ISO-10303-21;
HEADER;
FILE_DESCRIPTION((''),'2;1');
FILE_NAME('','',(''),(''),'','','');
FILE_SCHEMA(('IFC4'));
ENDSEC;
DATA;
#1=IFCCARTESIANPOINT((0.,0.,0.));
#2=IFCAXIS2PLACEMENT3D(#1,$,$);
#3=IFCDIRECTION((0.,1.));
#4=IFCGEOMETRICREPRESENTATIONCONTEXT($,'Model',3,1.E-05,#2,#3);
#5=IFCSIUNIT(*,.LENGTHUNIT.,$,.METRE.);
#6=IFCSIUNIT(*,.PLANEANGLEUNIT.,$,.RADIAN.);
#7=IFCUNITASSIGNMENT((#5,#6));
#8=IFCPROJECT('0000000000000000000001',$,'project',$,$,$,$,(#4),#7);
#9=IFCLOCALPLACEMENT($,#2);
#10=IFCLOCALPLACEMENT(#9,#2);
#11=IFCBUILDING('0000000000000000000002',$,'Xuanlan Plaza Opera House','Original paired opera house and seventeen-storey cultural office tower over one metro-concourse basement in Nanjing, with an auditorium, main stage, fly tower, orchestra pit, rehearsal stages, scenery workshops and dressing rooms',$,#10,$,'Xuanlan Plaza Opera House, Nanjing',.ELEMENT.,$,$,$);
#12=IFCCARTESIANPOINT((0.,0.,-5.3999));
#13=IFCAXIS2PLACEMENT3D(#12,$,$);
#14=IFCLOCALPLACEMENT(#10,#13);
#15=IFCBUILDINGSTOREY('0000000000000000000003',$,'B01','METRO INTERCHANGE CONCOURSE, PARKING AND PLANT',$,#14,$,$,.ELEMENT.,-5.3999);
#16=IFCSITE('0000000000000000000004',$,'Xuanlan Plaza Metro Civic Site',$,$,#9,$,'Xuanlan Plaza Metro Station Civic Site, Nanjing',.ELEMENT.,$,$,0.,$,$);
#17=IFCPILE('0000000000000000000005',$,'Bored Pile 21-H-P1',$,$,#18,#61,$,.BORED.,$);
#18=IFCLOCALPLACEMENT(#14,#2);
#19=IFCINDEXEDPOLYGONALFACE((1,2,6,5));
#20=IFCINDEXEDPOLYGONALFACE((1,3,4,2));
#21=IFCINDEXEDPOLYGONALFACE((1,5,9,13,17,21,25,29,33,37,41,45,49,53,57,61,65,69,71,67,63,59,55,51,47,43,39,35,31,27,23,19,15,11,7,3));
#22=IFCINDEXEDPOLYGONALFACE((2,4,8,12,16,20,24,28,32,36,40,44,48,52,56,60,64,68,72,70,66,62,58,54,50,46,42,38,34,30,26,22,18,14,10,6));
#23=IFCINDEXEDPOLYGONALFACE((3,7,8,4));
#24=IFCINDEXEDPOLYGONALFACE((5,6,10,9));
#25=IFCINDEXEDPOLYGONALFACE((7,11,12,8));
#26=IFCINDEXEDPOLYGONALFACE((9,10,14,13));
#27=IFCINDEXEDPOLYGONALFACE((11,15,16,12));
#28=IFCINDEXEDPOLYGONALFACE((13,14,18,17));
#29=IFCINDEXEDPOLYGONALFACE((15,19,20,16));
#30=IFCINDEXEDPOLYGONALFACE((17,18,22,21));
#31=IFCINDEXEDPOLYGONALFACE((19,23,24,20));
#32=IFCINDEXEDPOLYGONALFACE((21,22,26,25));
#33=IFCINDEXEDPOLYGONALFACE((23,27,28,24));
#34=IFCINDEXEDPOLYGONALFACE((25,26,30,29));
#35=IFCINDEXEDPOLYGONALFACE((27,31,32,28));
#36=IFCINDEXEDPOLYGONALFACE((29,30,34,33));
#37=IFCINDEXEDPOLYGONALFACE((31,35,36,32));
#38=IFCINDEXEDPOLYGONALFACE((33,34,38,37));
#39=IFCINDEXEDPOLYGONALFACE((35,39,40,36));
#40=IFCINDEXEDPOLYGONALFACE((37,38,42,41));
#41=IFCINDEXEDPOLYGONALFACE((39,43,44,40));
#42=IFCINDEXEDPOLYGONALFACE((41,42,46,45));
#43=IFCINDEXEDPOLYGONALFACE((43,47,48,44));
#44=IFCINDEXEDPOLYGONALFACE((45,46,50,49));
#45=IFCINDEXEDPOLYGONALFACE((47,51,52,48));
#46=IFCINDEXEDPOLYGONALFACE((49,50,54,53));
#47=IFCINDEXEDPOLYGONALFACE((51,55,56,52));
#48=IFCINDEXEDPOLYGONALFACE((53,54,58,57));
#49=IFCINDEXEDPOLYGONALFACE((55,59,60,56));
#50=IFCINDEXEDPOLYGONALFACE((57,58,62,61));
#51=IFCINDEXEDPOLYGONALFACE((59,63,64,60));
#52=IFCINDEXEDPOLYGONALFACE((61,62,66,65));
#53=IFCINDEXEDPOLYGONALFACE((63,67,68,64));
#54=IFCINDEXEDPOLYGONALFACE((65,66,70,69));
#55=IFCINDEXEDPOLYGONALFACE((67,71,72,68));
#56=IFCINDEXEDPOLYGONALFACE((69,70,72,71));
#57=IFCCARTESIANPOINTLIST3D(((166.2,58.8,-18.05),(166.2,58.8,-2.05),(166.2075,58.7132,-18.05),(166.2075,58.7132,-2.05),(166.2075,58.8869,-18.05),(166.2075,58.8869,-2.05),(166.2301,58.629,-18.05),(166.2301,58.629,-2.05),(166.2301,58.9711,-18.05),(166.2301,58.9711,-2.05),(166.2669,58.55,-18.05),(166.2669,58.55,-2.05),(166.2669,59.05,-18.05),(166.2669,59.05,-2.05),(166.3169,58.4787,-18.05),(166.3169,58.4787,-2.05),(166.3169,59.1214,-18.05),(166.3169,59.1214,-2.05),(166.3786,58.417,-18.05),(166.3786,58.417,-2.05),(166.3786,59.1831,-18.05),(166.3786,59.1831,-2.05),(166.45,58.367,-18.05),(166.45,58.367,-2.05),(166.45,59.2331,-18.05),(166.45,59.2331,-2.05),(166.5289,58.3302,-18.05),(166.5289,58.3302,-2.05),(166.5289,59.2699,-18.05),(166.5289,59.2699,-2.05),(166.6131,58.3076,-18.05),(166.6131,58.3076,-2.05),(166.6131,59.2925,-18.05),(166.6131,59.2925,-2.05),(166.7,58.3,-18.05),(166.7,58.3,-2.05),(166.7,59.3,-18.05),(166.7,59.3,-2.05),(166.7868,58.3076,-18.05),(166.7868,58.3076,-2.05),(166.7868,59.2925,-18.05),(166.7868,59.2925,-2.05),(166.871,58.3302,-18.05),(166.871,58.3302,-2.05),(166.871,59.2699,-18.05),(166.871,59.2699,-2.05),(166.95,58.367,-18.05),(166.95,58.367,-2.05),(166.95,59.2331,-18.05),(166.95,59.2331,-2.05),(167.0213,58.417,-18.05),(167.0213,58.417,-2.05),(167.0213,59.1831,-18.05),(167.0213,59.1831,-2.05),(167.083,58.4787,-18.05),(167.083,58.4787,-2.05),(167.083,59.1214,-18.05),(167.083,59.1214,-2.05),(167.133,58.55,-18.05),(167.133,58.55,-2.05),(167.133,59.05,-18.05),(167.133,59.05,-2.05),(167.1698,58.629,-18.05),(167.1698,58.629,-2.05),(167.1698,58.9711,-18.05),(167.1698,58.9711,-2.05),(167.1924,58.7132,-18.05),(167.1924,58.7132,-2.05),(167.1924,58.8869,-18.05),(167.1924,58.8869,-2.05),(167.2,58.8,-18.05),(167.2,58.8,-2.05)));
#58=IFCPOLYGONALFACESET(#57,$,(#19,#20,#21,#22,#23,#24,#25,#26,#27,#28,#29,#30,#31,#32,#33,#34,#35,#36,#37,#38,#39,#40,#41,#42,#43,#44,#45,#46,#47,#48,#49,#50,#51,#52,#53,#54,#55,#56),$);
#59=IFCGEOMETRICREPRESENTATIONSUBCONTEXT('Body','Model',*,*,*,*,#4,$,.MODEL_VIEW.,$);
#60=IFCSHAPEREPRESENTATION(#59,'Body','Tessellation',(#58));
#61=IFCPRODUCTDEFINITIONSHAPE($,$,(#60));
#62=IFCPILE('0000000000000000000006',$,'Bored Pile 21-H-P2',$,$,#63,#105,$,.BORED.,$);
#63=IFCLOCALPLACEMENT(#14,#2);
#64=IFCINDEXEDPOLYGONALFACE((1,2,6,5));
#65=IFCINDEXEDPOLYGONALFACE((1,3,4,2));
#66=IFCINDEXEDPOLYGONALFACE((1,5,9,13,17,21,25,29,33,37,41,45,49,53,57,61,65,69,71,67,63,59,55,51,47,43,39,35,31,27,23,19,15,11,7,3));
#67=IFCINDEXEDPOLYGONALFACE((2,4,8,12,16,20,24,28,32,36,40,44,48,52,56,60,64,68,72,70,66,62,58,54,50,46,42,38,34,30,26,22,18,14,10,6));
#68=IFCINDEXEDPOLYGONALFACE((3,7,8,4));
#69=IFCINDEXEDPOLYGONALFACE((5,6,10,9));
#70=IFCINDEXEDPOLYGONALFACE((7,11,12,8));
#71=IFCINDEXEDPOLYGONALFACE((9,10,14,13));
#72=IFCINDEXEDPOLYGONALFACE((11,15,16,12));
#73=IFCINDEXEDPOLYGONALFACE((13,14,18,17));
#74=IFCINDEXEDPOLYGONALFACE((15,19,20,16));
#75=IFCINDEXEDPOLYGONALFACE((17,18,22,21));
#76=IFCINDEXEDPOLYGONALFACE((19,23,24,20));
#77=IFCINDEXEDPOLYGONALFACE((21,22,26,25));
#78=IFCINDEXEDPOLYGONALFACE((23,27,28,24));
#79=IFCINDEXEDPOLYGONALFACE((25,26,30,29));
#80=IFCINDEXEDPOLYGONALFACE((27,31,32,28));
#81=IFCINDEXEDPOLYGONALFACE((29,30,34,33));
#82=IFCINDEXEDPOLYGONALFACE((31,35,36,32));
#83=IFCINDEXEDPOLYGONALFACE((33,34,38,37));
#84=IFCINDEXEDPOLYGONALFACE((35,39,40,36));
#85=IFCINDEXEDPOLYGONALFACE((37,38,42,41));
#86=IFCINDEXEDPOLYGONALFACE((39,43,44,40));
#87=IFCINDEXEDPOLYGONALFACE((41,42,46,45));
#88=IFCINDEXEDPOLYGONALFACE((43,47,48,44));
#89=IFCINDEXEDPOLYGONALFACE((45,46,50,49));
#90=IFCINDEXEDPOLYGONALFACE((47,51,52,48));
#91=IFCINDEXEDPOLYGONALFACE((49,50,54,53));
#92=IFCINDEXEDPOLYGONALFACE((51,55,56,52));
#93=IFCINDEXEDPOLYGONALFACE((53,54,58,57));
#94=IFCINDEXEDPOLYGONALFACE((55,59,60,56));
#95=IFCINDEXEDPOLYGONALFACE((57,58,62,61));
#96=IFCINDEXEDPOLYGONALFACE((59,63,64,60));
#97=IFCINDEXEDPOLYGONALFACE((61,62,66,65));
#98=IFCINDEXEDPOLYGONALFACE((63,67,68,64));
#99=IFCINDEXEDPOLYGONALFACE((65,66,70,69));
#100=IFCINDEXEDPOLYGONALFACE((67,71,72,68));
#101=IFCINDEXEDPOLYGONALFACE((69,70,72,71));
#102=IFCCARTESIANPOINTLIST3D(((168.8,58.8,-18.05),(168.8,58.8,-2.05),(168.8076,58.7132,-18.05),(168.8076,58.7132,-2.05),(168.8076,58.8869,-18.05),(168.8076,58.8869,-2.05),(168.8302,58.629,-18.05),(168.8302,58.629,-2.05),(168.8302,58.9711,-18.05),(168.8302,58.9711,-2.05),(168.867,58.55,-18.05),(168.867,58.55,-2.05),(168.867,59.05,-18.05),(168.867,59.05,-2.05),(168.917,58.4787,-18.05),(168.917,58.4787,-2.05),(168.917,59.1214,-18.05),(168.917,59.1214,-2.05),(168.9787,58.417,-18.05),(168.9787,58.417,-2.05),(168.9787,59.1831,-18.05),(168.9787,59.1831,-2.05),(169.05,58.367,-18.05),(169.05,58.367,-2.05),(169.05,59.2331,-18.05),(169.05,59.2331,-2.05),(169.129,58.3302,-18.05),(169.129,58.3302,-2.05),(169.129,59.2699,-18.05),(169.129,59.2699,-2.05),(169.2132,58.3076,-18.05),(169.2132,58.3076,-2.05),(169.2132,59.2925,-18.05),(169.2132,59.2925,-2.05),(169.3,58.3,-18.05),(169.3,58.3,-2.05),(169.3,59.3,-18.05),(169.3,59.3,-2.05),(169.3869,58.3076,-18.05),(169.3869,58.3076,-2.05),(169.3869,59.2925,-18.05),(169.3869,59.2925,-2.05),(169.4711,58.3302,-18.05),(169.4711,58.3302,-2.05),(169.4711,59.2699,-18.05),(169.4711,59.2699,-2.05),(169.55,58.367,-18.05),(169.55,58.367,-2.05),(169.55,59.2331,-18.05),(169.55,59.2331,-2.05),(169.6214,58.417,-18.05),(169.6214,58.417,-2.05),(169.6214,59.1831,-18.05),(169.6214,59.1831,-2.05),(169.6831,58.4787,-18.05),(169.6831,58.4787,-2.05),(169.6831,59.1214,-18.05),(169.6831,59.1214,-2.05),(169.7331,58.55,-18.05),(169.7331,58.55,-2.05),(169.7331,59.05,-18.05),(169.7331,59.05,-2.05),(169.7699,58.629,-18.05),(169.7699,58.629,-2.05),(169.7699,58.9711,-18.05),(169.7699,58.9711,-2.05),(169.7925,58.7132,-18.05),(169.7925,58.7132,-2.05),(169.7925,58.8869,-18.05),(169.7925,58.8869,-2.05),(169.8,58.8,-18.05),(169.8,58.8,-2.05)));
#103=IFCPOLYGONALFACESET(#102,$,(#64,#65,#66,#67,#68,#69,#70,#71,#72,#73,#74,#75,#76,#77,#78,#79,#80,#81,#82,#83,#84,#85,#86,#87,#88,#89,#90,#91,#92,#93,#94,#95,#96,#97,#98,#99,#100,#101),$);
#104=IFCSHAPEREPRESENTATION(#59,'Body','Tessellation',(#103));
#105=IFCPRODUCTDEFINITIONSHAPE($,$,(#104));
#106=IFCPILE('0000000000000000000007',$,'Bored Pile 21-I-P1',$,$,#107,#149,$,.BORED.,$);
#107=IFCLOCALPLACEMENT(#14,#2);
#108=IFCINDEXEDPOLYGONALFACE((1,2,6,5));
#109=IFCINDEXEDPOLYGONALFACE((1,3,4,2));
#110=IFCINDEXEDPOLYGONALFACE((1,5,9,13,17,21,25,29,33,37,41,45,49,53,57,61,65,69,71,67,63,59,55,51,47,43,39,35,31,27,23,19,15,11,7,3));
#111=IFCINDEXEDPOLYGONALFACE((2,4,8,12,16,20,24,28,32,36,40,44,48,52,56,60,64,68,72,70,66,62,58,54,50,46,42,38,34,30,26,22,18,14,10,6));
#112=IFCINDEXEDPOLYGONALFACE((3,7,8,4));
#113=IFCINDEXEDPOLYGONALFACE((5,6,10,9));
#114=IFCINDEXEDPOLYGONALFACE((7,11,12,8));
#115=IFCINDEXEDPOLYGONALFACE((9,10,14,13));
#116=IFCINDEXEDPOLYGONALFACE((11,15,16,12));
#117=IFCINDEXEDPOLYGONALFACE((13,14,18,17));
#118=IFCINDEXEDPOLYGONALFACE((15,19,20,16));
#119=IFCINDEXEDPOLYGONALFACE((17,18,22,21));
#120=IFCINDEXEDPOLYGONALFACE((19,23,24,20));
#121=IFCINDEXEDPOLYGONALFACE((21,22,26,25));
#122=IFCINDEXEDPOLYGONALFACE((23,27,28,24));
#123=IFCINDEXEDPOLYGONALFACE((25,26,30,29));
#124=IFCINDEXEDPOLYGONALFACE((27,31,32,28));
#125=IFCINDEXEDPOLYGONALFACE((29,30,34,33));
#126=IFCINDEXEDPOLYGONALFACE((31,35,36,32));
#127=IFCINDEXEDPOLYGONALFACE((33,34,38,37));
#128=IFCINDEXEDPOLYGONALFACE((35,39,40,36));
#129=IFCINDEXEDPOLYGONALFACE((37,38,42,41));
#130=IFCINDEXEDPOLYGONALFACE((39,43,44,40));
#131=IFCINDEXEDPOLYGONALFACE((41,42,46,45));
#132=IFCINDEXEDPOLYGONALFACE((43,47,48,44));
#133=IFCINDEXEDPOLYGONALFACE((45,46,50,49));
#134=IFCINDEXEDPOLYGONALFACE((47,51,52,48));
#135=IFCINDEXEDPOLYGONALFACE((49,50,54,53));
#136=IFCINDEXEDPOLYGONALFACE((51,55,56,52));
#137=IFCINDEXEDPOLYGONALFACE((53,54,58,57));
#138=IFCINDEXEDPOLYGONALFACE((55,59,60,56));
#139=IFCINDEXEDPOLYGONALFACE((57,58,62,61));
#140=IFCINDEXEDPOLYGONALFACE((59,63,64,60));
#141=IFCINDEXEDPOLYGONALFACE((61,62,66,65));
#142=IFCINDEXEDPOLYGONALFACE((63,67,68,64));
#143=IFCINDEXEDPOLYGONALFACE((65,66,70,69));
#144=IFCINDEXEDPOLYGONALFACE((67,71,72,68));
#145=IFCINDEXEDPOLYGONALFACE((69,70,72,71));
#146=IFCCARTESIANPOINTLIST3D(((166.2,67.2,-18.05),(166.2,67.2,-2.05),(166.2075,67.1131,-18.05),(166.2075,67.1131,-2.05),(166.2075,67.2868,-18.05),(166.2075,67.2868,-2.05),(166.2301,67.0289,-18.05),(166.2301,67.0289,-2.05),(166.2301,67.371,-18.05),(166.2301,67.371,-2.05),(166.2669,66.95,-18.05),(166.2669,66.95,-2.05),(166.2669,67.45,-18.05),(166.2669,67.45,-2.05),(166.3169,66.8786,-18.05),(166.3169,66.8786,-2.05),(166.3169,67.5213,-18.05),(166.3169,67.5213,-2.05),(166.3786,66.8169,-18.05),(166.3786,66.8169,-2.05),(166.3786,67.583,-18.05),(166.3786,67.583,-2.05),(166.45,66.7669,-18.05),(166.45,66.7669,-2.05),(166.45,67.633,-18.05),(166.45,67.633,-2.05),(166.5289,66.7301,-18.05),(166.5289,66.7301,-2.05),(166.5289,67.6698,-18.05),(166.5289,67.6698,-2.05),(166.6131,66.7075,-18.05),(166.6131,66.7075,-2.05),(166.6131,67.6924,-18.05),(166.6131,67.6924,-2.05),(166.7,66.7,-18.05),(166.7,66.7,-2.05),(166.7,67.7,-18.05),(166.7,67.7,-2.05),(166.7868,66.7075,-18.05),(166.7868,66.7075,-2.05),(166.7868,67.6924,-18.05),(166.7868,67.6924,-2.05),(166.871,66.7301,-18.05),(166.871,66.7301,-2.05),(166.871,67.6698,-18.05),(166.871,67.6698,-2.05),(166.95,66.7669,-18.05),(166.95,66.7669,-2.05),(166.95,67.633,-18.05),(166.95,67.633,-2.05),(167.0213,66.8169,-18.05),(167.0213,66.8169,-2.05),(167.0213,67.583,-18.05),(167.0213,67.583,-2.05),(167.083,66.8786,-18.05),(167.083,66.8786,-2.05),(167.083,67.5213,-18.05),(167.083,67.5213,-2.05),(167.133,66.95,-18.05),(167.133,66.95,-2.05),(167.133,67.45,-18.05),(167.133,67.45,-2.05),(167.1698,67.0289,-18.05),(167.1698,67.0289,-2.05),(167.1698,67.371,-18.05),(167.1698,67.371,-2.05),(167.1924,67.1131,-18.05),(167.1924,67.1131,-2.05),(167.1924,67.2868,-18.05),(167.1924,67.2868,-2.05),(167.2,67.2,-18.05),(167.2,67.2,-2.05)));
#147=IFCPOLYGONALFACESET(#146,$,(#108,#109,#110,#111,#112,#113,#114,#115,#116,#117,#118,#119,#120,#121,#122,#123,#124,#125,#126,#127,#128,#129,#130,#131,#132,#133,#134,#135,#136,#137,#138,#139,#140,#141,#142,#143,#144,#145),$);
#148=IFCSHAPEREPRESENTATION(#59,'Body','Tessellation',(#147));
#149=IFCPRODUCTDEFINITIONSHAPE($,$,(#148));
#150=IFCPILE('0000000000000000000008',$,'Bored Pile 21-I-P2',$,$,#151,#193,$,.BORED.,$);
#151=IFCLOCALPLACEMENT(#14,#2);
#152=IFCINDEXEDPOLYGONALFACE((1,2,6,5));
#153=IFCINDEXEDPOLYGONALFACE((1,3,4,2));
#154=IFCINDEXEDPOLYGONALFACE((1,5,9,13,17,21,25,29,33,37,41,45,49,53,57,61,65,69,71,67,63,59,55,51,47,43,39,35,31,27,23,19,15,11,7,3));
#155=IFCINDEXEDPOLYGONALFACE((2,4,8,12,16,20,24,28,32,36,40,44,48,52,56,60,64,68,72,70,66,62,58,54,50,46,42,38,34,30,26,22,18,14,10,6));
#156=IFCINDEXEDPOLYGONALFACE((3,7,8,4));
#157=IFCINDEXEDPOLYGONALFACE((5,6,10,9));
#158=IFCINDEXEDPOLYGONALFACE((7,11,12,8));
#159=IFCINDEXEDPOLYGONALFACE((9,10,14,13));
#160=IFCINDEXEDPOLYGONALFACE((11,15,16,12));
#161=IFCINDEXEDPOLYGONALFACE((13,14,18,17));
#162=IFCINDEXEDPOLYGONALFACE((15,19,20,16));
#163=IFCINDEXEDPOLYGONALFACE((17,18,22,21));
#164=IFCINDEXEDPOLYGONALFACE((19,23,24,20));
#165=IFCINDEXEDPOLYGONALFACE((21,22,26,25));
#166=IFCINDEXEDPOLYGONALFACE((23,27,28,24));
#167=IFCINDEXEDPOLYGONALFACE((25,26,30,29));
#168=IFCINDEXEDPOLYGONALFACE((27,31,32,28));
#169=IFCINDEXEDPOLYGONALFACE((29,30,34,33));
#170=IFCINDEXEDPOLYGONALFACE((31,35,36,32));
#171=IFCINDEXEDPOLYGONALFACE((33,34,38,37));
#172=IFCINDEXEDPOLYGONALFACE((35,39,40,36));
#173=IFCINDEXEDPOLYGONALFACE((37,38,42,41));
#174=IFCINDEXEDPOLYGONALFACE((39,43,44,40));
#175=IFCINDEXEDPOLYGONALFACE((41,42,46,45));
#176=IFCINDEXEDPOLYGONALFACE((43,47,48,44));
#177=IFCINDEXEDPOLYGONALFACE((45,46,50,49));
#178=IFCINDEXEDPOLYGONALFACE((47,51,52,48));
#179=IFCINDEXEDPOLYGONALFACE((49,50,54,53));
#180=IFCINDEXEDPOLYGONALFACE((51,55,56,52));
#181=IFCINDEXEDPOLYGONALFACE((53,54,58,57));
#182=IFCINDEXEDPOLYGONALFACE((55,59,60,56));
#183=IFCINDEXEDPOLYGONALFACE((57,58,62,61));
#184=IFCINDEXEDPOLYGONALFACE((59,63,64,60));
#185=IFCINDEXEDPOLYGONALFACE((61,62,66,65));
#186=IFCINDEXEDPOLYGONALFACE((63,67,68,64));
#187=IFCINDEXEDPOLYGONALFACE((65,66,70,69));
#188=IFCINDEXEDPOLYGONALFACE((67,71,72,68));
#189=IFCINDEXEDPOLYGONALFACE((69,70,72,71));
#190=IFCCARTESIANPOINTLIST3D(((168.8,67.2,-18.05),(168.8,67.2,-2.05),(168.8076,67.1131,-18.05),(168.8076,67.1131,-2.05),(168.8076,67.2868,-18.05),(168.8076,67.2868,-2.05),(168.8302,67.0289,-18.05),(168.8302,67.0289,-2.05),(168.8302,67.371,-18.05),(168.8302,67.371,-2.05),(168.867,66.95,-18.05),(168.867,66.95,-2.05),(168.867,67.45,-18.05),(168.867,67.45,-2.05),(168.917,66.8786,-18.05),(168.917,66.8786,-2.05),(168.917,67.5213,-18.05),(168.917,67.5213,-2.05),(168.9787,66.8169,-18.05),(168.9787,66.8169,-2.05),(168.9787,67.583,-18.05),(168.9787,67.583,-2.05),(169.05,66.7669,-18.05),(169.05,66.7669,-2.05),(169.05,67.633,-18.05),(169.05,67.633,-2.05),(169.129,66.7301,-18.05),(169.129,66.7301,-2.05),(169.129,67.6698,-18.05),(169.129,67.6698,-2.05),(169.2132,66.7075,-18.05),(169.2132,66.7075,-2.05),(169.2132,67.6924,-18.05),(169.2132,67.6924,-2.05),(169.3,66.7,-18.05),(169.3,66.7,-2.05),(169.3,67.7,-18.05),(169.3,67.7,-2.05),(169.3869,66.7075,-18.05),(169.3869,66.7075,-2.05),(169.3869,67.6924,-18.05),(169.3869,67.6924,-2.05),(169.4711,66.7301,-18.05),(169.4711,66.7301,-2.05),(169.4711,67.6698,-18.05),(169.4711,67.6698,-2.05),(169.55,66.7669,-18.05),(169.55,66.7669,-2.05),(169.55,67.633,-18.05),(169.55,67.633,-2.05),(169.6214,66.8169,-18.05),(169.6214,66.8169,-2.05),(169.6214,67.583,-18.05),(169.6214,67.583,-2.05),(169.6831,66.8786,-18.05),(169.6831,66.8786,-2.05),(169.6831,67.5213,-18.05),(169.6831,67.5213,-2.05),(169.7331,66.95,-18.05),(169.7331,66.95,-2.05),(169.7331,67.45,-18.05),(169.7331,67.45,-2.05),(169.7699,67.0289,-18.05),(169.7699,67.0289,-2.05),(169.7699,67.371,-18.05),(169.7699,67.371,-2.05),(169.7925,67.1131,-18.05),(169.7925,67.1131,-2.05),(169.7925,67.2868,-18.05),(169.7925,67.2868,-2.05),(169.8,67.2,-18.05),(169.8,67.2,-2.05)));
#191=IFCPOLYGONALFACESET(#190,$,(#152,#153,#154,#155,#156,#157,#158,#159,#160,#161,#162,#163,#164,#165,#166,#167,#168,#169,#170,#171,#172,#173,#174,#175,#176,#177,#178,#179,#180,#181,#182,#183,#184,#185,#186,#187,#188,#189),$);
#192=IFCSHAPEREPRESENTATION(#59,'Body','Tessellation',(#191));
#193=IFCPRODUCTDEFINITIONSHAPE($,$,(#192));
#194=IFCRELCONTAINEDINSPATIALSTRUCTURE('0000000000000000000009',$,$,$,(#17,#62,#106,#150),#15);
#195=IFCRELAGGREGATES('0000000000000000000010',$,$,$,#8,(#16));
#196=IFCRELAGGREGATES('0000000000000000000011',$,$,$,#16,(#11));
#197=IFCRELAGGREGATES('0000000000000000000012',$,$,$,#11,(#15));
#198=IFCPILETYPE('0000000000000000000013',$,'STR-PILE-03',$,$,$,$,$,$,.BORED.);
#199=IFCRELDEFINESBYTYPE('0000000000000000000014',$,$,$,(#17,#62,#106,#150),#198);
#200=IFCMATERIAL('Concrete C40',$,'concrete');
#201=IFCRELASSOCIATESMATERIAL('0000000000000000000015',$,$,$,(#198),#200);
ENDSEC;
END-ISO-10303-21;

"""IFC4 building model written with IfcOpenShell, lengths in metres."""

from ifc_helpers import new_model, si_unit, direction, frame, origin, origin_2d, place, context, subcontext, project, spatial, circle, extrude, material, material_profile, profile_set, type_object, element, save


model = new_model("IFC4")

# Units and contexts
model_context = context("Model", 3, precision=1e-05, world=origin(), true_north=direction((0.0, 1.0)))
body_context = subcontext(model_context, "Body", "Model", "MODEL_VIEW")
ifc_project = project(units=[si_unit("LENGTHUNIT", "METRE"), si_unit("PLANEANGLEUNIT", "RADIAN")], contexts=[model_context])

# Site, building, storey
site_placement = place(None, origin())
site = spatial("IfcSite", under=ifc_project, at=site_placement, Name="Xuanlan Plaza Metro Civic Site", LongName="Xuanlan Plaza Metro Station Civic Site, Nanjing", CompositionType="ELEMENT", RefElevation=0.0)
building_placement = place(site_placement, origin())
building = spatial("IfcBuilding", under=site, at=building_placement, Name="Xuanlan Plaza Opera House", Description="Original paired opera house and seventeen-storey cultural office tower over one metro-concourse basement in Nanjing, with an auditorium, main stage, fly tower, orchestra pit, rehearsal stages, scenery workshops and dressing rooms", LongName="Xuanlan Plaza Opera House, Nanjing", CompositionType="ELEMENT")
storey_placement = place(building_placement, frame((0.0, 0.0, -5.3999)))
storey = spatial("IfcBuildingStorey", under=building, at=storey_placement, Name="B01", Description="METRO INTERCHANGE CONCOURSE, PARKING AND PLANT", CompositionType="ELEMENT", Elevation=-5.3999)

# Piles
ifc_material_1 = material(Name="Concrete C40", Category="concrete")
ifc_material_profile_1 = material_profile(ifc_material_1, circle(Radius=0.5, at=origin_2d()), Name="PILE D1000")
ifc_profile_set_1 = profile_set([ifc_material_profile_1], Name="Concrete C40")
pile_type = type_object("IfcPileType", Name="STR-PILE-03", PredefinedType="BORED", material=ifc_profile_set_1)
for number, where, z_axis, x_axis, name in (
    (1, (166.7, 58.8, -2.05), (0.0, 0.0, -1.0), (1.0, 0.0, 0.0), "Bored Pile 21-H-P1"),
    (2, (169.3, 58.8, -2.05), (0.0, 0.0, -1.0), (1.0, 0.0, 0.0), "Bored Pile 21-H-P2"),
    (3, (166.7, 67.2, -2.05), (0.0, 0.0, -1.0), (1.0, 0.0, 0.0), "Bored Pile 21-I-P1"),
    (4, (169.3, 67.2, -2.05), (0.0, 0.0, -1.0), (1.0, 0.0, 0.0), "Bored Pile 21-I-P2"),
):
    element("IfcPile", number, at=place(storey_placement, frame(where, z_axis=z_axis, x_axis=x_axis)), inside=storey, type_object=pile_type, Name=name, PredefinedType="BORED", context=body_context, shape_type="SweptSolid", body=[
        extrude(circle(Radius=0.5, at=origin_2d()), origin(), (0.0, 0.0, 1.0), 16.0),
    ])

save(model, "model.ifc")
